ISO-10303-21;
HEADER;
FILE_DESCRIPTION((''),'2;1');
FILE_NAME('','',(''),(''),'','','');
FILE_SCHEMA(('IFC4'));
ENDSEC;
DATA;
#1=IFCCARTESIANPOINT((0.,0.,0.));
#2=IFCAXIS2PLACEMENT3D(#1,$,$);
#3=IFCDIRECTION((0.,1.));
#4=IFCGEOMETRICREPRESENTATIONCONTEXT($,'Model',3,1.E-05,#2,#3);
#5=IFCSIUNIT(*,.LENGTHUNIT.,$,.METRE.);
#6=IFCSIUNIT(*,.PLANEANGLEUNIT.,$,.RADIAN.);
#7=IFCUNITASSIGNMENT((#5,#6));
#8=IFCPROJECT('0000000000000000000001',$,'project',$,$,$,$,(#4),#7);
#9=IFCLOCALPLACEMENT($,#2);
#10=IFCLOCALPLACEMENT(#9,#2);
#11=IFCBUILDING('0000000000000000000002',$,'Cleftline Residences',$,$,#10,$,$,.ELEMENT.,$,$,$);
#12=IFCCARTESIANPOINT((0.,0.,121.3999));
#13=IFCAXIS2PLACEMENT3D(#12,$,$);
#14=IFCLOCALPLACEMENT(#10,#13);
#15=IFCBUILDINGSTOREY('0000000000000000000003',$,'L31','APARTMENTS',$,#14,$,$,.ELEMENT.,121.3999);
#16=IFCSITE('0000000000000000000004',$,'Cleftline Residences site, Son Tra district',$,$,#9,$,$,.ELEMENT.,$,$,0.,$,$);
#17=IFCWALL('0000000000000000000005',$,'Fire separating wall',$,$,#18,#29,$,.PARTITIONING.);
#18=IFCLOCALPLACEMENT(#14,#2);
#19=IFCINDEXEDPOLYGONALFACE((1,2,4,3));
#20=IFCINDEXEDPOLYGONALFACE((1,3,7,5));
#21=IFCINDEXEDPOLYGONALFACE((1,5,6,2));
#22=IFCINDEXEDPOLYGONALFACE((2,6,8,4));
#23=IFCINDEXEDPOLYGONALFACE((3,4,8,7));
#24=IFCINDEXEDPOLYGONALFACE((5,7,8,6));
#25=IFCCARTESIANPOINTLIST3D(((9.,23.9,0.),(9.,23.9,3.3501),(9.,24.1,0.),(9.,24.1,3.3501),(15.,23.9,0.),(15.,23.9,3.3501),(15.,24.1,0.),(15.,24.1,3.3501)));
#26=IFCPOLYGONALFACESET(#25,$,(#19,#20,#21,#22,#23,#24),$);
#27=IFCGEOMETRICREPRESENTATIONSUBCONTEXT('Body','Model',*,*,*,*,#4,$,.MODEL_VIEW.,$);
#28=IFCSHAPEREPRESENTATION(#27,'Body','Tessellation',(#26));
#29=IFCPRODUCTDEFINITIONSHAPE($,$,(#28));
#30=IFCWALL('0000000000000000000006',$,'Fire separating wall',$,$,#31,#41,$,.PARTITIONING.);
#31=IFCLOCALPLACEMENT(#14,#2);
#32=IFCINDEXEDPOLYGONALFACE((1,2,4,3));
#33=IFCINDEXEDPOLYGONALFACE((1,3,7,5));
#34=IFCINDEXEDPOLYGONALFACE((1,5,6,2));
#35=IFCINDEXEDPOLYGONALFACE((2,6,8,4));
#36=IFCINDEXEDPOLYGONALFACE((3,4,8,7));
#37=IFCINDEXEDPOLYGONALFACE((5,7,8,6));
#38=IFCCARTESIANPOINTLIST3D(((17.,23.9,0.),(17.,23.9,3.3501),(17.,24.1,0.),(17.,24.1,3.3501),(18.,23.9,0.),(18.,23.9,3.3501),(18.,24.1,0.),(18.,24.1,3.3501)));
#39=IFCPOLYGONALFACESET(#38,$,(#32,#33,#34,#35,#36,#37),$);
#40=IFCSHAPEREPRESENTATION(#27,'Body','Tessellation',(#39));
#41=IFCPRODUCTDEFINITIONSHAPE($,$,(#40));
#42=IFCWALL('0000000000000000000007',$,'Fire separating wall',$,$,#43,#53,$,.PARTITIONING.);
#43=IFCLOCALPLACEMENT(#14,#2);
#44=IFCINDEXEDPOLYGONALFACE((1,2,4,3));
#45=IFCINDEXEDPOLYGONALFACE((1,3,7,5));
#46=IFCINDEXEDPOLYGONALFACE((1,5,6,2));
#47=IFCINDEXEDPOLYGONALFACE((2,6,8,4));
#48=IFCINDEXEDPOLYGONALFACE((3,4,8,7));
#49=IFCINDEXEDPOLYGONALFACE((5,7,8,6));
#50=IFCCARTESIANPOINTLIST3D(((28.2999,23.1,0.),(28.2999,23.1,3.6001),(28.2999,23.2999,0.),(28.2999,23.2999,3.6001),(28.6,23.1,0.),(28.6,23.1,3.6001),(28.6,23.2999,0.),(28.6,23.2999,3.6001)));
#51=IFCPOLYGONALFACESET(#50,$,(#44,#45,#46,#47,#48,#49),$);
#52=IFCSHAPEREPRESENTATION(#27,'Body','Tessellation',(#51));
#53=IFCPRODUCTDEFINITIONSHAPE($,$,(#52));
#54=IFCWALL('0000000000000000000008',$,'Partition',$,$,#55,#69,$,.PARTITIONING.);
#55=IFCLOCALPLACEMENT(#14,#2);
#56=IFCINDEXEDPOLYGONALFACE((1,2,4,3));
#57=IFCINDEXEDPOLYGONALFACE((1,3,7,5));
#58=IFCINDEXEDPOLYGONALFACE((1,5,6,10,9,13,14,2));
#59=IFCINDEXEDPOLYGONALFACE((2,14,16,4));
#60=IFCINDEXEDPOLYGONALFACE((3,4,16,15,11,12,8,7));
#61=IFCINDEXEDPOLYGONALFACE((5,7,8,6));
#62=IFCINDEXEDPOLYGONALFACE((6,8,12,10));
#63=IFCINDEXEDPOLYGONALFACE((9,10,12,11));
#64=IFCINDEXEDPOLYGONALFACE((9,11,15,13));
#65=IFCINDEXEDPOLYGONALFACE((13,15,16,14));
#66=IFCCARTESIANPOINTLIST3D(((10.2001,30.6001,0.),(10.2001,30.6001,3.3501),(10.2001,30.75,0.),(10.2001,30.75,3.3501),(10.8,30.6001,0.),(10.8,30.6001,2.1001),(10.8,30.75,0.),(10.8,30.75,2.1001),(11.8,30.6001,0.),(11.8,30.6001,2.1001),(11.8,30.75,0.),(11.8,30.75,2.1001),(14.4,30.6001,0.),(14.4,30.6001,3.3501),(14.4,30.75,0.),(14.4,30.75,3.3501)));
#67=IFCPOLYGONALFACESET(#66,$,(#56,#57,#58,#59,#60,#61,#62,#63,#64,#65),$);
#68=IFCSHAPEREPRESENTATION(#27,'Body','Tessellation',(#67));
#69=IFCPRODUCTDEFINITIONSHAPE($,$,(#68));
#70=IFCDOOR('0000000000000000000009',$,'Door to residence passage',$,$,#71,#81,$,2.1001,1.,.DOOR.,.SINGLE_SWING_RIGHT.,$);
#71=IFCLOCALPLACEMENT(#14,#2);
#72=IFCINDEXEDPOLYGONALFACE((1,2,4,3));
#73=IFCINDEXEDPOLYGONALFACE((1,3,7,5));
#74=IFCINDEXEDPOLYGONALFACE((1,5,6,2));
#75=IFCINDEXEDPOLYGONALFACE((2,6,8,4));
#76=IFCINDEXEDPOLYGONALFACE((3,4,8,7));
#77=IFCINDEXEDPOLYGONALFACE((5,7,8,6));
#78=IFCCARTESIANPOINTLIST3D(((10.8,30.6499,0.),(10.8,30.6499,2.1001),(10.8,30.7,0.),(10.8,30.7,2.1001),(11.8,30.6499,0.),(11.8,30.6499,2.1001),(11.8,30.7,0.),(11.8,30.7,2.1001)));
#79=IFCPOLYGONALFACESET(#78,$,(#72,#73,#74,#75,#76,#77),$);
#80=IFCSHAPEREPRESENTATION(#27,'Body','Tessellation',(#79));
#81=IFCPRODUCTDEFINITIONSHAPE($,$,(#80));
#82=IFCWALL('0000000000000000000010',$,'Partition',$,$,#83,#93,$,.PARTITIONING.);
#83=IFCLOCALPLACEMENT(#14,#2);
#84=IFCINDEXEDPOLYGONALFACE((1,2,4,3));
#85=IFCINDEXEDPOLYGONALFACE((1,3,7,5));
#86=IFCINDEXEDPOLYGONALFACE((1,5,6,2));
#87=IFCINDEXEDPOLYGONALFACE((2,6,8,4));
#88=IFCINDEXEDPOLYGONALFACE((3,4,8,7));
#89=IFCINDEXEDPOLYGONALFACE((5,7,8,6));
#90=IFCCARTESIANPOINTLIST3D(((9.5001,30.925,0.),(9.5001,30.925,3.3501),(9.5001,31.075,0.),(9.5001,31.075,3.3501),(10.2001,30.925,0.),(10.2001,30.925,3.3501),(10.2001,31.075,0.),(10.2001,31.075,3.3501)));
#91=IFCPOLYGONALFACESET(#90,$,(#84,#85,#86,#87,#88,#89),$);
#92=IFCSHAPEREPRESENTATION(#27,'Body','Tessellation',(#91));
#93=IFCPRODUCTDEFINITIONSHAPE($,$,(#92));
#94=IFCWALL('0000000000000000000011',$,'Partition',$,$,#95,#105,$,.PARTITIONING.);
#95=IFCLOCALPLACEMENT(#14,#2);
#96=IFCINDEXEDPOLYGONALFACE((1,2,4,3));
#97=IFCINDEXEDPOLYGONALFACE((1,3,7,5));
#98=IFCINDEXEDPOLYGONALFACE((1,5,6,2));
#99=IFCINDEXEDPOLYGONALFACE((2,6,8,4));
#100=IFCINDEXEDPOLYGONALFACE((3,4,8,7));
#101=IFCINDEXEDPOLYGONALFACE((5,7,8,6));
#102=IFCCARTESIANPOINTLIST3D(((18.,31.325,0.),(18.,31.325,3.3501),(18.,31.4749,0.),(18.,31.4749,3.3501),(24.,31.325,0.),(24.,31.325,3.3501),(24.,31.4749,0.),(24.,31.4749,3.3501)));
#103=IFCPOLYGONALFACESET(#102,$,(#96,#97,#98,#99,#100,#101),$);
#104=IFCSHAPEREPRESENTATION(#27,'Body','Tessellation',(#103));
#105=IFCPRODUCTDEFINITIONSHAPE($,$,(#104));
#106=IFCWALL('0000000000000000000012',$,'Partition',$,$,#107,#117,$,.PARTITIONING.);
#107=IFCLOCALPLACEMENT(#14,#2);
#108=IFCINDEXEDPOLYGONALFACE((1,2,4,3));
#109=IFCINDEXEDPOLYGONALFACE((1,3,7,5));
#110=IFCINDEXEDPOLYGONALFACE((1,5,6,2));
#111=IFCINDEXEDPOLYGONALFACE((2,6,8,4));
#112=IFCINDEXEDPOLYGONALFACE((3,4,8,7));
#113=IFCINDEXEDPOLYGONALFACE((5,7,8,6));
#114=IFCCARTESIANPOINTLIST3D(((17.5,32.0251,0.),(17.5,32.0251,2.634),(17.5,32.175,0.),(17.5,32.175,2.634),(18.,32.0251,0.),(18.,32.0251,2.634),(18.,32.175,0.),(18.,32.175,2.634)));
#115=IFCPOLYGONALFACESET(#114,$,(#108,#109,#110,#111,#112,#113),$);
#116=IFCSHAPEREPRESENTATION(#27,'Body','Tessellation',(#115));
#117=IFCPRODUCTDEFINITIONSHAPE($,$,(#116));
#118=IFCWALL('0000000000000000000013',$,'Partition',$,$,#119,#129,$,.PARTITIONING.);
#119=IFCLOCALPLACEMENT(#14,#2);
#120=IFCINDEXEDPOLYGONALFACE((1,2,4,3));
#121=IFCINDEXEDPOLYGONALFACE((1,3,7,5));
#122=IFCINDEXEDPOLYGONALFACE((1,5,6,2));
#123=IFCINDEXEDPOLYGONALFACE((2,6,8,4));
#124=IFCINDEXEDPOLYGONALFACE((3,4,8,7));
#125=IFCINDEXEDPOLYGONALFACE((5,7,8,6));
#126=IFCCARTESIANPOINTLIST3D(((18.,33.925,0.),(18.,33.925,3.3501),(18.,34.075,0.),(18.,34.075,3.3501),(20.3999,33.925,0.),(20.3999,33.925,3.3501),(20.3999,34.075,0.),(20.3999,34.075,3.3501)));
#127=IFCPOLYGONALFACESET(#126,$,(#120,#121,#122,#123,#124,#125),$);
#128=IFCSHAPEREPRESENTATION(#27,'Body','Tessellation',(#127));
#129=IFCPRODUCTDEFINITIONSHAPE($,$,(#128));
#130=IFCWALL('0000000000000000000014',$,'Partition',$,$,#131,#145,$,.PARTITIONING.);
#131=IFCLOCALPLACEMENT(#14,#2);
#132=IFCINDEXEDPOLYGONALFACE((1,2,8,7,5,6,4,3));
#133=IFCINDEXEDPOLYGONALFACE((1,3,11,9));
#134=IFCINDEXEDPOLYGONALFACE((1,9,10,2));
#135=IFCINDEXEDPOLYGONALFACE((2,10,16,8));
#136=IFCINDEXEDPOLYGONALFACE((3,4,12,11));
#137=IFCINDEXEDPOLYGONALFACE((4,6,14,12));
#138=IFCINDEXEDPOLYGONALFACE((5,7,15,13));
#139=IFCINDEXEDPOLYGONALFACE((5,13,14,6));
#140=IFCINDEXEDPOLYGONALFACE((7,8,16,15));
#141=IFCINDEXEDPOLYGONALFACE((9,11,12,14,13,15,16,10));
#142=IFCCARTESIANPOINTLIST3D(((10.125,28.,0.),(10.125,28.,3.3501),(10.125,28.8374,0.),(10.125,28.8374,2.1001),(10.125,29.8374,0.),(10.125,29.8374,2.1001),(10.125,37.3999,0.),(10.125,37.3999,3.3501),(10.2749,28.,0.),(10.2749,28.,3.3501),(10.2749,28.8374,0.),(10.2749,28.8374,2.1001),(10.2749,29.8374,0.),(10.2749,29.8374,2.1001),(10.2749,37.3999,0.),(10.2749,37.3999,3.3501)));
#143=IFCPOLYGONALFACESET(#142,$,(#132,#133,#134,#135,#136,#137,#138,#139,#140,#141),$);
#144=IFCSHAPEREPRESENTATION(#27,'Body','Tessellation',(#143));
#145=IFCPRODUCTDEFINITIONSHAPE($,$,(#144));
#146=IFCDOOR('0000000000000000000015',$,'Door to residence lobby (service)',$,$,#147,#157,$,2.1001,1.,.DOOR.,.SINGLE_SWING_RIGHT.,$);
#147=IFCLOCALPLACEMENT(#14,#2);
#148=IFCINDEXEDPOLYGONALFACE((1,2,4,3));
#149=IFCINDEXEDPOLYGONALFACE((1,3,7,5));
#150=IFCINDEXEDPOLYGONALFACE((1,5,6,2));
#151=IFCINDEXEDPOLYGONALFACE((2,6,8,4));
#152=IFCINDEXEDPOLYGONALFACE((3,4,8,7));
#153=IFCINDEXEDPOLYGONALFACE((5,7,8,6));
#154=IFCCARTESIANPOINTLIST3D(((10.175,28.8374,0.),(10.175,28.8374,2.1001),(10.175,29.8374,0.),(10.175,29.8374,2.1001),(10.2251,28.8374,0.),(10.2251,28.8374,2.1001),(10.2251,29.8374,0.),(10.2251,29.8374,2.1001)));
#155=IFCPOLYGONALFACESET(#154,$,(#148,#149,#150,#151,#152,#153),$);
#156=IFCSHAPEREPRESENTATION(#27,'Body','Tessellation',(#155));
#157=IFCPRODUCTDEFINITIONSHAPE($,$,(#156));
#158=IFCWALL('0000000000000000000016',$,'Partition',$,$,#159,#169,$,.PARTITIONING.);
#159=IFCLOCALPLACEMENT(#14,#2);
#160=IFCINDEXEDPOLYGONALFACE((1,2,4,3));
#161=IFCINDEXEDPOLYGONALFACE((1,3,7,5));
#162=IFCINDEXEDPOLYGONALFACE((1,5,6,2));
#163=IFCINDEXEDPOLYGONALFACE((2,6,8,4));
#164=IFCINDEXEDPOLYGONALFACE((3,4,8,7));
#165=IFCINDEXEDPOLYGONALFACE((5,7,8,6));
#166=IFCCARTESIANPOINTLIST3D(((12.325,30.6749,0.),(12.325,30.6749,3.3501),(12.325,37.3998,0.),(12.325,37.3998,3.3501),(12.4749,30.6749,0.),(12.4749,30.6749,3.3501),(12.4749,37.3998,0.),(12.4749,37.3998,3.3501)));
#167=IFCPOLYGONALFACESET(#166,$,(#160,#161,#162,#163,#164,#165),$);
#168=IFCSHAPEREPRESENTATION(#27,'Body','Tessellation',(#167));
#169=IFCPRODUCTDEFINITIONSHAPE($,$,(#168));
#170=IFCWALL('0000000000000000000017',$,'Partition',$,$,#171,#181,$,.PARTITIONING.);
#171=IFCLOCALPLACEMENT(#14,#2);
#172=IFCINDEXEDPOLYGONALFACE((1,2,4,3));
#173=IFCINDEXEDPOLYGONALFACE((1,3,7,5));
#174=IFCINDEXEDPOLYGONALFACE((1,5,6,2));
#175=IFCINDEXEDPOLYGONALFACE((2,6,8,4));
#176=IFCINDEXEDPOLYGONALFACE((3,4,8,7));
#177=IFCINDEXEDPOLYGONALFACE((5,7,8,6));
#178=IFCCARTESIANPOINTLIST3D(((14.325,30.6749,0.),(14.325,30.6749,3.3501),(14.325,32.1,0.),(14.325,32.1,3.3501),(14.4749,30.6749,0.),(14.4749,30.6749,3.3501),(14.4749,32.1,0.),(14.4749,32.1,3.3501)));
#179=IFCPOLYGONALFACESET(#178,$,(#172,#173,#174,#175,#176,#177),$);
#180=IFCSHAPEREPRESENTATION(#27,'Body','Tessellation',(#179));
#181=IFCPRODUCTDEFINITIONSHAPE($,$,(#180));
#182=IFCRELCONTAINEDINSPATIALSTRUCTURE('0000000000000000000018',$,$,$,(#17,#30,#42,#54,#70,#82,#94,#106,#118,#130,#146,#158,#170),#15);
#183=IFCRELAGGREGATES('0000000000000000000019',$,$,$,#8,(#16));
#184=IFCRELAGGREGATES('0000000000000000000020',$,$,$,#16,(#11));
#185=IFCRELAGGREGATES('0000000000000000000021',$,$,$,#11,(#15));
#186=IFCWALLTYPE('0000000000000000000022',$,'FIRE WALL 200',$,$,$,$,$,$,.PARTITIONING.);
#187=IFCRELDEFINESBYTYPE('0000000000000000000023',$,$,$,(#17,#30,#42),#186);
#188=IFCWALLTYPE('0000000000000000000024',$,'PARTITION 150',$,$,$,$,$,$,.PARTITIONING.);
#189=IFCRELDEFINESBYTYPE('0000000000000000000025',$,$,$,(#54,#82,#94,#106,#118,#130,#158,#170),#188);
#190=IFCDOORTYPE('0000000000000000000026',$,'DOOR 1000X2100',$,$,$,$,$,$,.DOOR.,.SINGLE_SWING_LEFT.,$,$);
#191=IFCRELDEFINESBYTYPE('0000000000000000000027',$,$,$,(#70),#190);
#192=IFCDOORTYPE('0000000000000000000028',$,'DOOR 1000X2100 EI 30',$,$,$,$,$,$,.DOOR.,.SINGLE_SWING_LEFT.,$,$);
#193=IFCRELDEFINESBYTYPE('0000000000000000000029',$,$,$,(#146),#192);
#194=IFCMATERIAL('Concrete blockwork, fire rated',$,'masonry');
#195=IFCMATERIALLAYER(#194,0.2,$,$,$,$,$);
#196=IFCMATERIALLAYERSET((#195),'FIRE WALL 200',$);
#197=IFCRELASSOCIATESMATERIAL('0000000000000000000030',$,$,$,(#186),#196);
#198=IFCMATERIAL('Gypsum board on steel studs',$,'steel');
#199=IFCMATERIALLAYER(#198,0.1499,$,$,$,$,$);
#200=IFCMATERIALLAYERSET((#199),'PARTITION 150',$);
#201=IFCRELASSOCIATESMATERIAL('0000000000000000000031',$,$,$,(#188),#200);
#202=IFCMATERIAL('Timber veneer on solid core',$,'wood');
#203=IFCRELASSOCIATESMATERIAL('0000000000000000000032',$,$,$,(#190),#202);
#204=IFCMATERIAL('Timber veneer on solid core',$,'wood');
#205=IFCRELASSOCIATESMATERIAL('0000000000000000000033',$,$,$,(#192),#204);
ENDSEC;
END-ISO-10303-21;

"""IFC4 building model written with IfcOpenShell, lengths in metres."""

from ifc_helpers import new_model, si_unit, direction, frame, frame_2d, origin, place, context, subcontext, project, spatial, rectangle, extrude, material, layer, layer_set, type_object, element, fill, save


model = new_model("IFC4")

# Units and contexts
model_context = context("Model", 3, precision=1e-05, world=origin(), true_north=direction((0.0, 1.0)))
body_context = subcontext(model_context, "Body", "Model", "MODEL_VIEW")
ifc_project = project(units=[si_unit("LENGTHUNIT", "METRE"), si_unit("PLANEANGLEUNIT", "RADIAN")], contexts=[model_context])

# Site, building, storey
site_placement = place(None, origin())
site = spatial("IfcSite", under=ifc_project, at=site_placement, Name="Cleftline Residences site, Son Tra district", CompositionType="ELEMENT", RefElevation=0.0)
building_placement = place(site_placement, origin())
building = spatial("IfcBuilding", under=site, at=building_placement, Name="Cleftline Residences", CompositionType="ELEMENT")
storey_placement = place(building_placement, frame((0.0, 0.0, 121.3999)))
storey = spatial("IfcBuildingStorey", under=building, at=storey_placement, Name="L31", Description="APARTMENTS", CompositionType="ELEMENT", Elevation=121.3999)

# Walls
ifc_material_1 = material(Name="Concrete blockwork, fire rated", Category="masonry")
ifc_layer_1 = layer(ifc_material_1, 0.2)
ifc_layer_set_1 = layer_set([ifc_layer_1], Name="FIRE WALL 200")
wall_type_1 = type_object("IfcWallType", Name="FIRE WALL 200", PredefinedType="PARTITIONING", material=ifc_layer_set_1)
wall_1_placement = place(storey_placement, frame((9.0, 24.0, 0.0), z_axis=(0.0, 0.0, 1.0), x_axis=(1.0, 0.0, 0.0)))
element("IfcWall", 1, at=wall_1_placement, inside=storey, type_object=wall_type_1, Name="Fire separating wall", PredefinedType="PARTITIONING", context=body_context, shape_type="SweptSolid", body=[
    extrude(rectangle(XDim=6.0, YDim=0.2, at=frame_2d((3.0, 0.0))), origin(), (0.0, 0.0, 1.0), 3.3501),
])
wall_2_placement = place(storey_placement, frame((17.0, 24.0, 0.0), z_axis=(0.0, 0.0, 1.0), x_axis=(1.0, 0.0, 0.0)))
element("IfcWall", 2, at=wall_2_placement, inside=storey, type_object=wall_type_1, Name="Fire separating wall", PredefinedType="PARTITIONING", context=body_context, shape_type="SweptSolid", body=[
    extrude(rectangle(XDim=1.0, YDim=0.2, at=frame_2d((0.5, 0.0))), origin(), (0.0, 0.0, 1.0), 3.3501),
])
wall_3_placement = place(storey_placement, frame((28.3, 23.2, 0.0), z_axis=(0.0, 0.0, 1.0), x_axis=(1.0, 0.0, 0.0)))
element("IfcWall", 3, at=wall_3_placement, inside=storey, type_object=wall_type_1, Name="Fire separating wall", PredefinedType="PARTITIONING", context=body_context, shape_type="SweptSolid", body=[
    extrude(rectangle(XDim=0.3, YDim=0.2, at=frame_2d((0.1499, 0.0))), origin(), (0.0, 0.0, 1.0), 3.6001),
])

# Wall, opening, door
ifc_material_2 = material(Name="Gypsum board on steel studs", Category="steel")
ifc_layer_2 = layer(ifc_material_2, 0.1499)
ifc_layer_set_2 = layer_set([ifc_layer_2], Name="PARTITION 150")
wall_type_2 = type_object("IfcWallType", Name="PARTITION 150", PredefinedType="PARTITIONING", material=ifc_layer_set_2)
wall_4_placement = place(storey_placement, frame((10.2, 30.675, 0.0), z_axis=(0.0, 0.0, 1.0), x_axis=(1.0, 0.0, 0.0)))
wall_4 = element("IfcWall", 4, at=wall_4_placement, inside=storey, type_object=wall_type_2, Name="Partition", PredefinedType="PARTITIONING", context=body_context, shape_type="SweptSolid", body=[
    extrude(rectangle(XDim=4.2, YDim=0.1499, at=frame_2d((2.1001, 0.0))), origin(), (0.0, 0.0, 1.0), 3.3501),
])
opening_1_placement = place(wall_4_placement, frame((0.6001, 0.0, 0.0)))
opening_1 = element("IfcOpeningElement", 5, at=opening_1_placement, cuts=wall_4, PredefinedType="OPENING", context=body_context, shape_type="SweptSolid", body=[
    extrude(rectangle(XDim=1.0, YDim=2.1001, at=frame_2d((0.5, 1.05))), frame((0.0, 0.085, 0.0), z_axis=(0.0, -1.0, 0.0), x_axis=(1.0, 0.0, 0.0)), (0.0, 0.0, 1.0), 0.1699),
])
ifc_material_3 = material(Name="Timber veneer on solid core", Category="wood")
door_type_1 = type_object("IfcDoorType", Name="DOOR 1000X2100", OperationType="SINGLE_SWING_LEFT", PredefinedType="DOOR", material=ifc_material_3)
door_1_placement = place(opening_1_placement, origin())
door_1 = element("IfcDoor", 6, at=door_1_placement, inside=storey, type_object=door_type_1, Name="Door to residence passage", OperationType="SINGLE_SWING_RIGHT", OverallHeight=2.1001, OverallWidth=1.0, PredefinedType="DOOR", context=body_context, shape_type="SweptSolid", body=[
    extrude(rectangle(XDim=1.0, YDim=2.1001, at=frame_2d((0.5, 1.05))), frame((0.0, 0.0249, 0.0), z_axis=(0.0, -1.0, 0.0), x_axis=(1.0, 0.0, 0.0)), (0.0, 0.0, 1.0), 0.05),
])
fill(opening_1, door_1)

# Walls
wall_5_placement = place(storey_placement, frame((9.5, 31.0, 0.0), z_axis=(0.0, 0.0, 1.0), x_axis=(1.0, 0.0, 0.0)))
element("IfcWall", 7, at=wall_5_placement, inside=storey, type_object=wall_type_2, Name="Partition", PredefinedType="PARTITIONING", context=body_context, shape_type="SweptSolid", body=[
    extrude(rectangle(XDim=0.7, YDim=0.1499, at=frame_2d((0.3501, 0.0))), origin(), (0.0, 0.0, 1.0), 3.3501),
])
wall_6_placement = place(storey_placement, frame((18.0, 31.3999, 0.0), z_axis=(0.0, 0.0, 1.0), x_axis=(1.0, 0.0, 0.0)))
element("IfcWall", 8, at=wall_6_placement, inside=storey, type_object=wall_type_2, Name="Partition", PredefinedType="PARTITIONING", context=body_context, shape_type="SweptSolid", body=[
    extrude(rectangle(XDim=6.0, YDim=0.1499, at=frame_2d((3.0, 0.0))), origin(), (0.0, 0.0, 1.0), 3.3501),
])
wall_7_placement = place(storey_placement, frame((17.5, 32.1001, 0.0), z_axis=(0.0, 0.0, 1.0), x_axis=(1.0, 0.0, 0.0)))
element("IfcWall", 9, at=wall_7_placement, inside=storey, type_object=wall_type_2, Name="Partition", PredefinedType="PARTITIONING", context=body_context, shape_type="SweptSolid", body=[
    extrude(rectangle(XDim=0.5, YDim=0.1499, at=frame_2d((0.25, 0.0))), origin(), (0.0, 0.0, 1.0), 2.634),
])
wall_8_placement = place(storey_placement, frame((18.0, 34.0, 0.0), z_axis=(0.0, 0.0, 1.0), x_axis=(1.0, 0.0, 0.0)))
element("IfcWall", 10, at=wall_8_placement, inside=storey, type_object=wall_type_2, Name="Partition", PredefinedType="PARTITIONING", context=body_context, shape_type="SweptSolid", body=[
    extrude(rectangle(XDim=2.3999, YDim=0.1499, at=frame_2d((1.2, 0.0))), origin(), (0.0, 0.0, 1.0), 3.3501),
])

# Wall, opening, door
wall_9_placement = place(storey_placement, frame((10.2, 28.0, 0.0), z_axis=(0.0, 0.0, 1.0), x_axis=(0.0, 1.0, 0.0)))
wall_9 = element("IfcWall", 11, at=wall_9_placement, inside=storey, type_object=wall_type_2, Name="Partition", PredefinedType="PARTITIONING", context=body_context, shape_type="SweptSolid", body=[
    extrude(rectangle(XDim=9.3999, YDim=0.1499, at=frame_2d((4.7, 0.0))), origin(), (0.0, 0.0, 1.0), 3.3501),
])
opening_2_placement = place(wall_9_placement, frame((0.8374, 0.0, 0.0)))
opening_2 = element("IfcOpeningElement", 12, at=opening_2_placement, cuts=wall_9, PredefinedType="OPENING", context=body_context, shape_type="SweptSolid", body=[
    extrude(rectangle(XDim=1.0, YDim=2.1001, at=frame_2d((0.5, 1.05))), frame((0.0, 0.085, 0.0), z_axis=(0.0, -1.0, 0.0), x_axis=(1.0, 0.0, 0.0)), (0.0, 0.0, 1.0), 0.1699),
])
ifc_material_4 = material(Name="Timber veneer on solid core", Category="wood")
door_type_2 = type_object("IfcDoorType", Name="DOOR 1000X2100 EI 30", OperationType="SINGLE_SWING_LEFT", PredefinedType="DOOR", material=ifc_material_4)
door_2_placement = place(opening_2_placement, origin())
door_2 = element("IfcDoor", 13, at=door_2_placement, inside=storey, type_object=door_type_2, Name="Door to residence lobby (service)", OperationType="SINGLE_SWING_RIGHT", OverallHeight=2.1001, OverallWidth=1.0, PredefinedType="DOOR", context=body_context, shape_type="SweptSolid", body=[
    extrude(rectangle(XDim=1.0, YDim=2.1001, at=frame_2d((0.5, 1.05))), frame((0.0, 0.0249, 0.0), z_axis=(0.0, -1.0, 0.0), x_axis=(1.0, 0.0, 0.0)), (0.0, 0.0, 1.0), 0.05),
])
fill(opening_2, door_2)

# Walls
wall_10_placement = place(storey_placement, frame((12.3999, 30.675, 0.0), z_axis=(0.0, 0.0, 1.0), x_axis=(0.0, 1.0, 0.0)))
element("IfcWall", 14, at=wall_10_placement, inside=storey, type_object=wall_type_2, Name="Partition", PredefinedType="PARTITIONING", context=body_context, shape_type="SweptSolid", body=[
    extrude(rectangle(XDim=6.7249, YDim=0.1499, at=frame_2d((3.3623, 0.0))), origin(), (0.0, 0.0, 1.0), 3.3501),
])
wall_11_placement = place(storey_placement, frame((14.3999, 30.675, 0.0), z_axis=(0.0, 0.0, 1.0), x_axis=(0.0, 1.0, 0.0)))
element("IfcWall", 15, at=wall_11_placement, inside=storey, type_object=wall_type_2, Name="Partition", PredefinedType="PARTITIONING", context=body_context, shape_type="SweptSolid", body=[
    extrude(rectangle(XDim=1.425, YDim=0.1499, at=frame_2d((0.7124, 0.0))), origin(), (0.0, 0.0, 1.0), 3.3501),
])

save(model, "model.ifc")
